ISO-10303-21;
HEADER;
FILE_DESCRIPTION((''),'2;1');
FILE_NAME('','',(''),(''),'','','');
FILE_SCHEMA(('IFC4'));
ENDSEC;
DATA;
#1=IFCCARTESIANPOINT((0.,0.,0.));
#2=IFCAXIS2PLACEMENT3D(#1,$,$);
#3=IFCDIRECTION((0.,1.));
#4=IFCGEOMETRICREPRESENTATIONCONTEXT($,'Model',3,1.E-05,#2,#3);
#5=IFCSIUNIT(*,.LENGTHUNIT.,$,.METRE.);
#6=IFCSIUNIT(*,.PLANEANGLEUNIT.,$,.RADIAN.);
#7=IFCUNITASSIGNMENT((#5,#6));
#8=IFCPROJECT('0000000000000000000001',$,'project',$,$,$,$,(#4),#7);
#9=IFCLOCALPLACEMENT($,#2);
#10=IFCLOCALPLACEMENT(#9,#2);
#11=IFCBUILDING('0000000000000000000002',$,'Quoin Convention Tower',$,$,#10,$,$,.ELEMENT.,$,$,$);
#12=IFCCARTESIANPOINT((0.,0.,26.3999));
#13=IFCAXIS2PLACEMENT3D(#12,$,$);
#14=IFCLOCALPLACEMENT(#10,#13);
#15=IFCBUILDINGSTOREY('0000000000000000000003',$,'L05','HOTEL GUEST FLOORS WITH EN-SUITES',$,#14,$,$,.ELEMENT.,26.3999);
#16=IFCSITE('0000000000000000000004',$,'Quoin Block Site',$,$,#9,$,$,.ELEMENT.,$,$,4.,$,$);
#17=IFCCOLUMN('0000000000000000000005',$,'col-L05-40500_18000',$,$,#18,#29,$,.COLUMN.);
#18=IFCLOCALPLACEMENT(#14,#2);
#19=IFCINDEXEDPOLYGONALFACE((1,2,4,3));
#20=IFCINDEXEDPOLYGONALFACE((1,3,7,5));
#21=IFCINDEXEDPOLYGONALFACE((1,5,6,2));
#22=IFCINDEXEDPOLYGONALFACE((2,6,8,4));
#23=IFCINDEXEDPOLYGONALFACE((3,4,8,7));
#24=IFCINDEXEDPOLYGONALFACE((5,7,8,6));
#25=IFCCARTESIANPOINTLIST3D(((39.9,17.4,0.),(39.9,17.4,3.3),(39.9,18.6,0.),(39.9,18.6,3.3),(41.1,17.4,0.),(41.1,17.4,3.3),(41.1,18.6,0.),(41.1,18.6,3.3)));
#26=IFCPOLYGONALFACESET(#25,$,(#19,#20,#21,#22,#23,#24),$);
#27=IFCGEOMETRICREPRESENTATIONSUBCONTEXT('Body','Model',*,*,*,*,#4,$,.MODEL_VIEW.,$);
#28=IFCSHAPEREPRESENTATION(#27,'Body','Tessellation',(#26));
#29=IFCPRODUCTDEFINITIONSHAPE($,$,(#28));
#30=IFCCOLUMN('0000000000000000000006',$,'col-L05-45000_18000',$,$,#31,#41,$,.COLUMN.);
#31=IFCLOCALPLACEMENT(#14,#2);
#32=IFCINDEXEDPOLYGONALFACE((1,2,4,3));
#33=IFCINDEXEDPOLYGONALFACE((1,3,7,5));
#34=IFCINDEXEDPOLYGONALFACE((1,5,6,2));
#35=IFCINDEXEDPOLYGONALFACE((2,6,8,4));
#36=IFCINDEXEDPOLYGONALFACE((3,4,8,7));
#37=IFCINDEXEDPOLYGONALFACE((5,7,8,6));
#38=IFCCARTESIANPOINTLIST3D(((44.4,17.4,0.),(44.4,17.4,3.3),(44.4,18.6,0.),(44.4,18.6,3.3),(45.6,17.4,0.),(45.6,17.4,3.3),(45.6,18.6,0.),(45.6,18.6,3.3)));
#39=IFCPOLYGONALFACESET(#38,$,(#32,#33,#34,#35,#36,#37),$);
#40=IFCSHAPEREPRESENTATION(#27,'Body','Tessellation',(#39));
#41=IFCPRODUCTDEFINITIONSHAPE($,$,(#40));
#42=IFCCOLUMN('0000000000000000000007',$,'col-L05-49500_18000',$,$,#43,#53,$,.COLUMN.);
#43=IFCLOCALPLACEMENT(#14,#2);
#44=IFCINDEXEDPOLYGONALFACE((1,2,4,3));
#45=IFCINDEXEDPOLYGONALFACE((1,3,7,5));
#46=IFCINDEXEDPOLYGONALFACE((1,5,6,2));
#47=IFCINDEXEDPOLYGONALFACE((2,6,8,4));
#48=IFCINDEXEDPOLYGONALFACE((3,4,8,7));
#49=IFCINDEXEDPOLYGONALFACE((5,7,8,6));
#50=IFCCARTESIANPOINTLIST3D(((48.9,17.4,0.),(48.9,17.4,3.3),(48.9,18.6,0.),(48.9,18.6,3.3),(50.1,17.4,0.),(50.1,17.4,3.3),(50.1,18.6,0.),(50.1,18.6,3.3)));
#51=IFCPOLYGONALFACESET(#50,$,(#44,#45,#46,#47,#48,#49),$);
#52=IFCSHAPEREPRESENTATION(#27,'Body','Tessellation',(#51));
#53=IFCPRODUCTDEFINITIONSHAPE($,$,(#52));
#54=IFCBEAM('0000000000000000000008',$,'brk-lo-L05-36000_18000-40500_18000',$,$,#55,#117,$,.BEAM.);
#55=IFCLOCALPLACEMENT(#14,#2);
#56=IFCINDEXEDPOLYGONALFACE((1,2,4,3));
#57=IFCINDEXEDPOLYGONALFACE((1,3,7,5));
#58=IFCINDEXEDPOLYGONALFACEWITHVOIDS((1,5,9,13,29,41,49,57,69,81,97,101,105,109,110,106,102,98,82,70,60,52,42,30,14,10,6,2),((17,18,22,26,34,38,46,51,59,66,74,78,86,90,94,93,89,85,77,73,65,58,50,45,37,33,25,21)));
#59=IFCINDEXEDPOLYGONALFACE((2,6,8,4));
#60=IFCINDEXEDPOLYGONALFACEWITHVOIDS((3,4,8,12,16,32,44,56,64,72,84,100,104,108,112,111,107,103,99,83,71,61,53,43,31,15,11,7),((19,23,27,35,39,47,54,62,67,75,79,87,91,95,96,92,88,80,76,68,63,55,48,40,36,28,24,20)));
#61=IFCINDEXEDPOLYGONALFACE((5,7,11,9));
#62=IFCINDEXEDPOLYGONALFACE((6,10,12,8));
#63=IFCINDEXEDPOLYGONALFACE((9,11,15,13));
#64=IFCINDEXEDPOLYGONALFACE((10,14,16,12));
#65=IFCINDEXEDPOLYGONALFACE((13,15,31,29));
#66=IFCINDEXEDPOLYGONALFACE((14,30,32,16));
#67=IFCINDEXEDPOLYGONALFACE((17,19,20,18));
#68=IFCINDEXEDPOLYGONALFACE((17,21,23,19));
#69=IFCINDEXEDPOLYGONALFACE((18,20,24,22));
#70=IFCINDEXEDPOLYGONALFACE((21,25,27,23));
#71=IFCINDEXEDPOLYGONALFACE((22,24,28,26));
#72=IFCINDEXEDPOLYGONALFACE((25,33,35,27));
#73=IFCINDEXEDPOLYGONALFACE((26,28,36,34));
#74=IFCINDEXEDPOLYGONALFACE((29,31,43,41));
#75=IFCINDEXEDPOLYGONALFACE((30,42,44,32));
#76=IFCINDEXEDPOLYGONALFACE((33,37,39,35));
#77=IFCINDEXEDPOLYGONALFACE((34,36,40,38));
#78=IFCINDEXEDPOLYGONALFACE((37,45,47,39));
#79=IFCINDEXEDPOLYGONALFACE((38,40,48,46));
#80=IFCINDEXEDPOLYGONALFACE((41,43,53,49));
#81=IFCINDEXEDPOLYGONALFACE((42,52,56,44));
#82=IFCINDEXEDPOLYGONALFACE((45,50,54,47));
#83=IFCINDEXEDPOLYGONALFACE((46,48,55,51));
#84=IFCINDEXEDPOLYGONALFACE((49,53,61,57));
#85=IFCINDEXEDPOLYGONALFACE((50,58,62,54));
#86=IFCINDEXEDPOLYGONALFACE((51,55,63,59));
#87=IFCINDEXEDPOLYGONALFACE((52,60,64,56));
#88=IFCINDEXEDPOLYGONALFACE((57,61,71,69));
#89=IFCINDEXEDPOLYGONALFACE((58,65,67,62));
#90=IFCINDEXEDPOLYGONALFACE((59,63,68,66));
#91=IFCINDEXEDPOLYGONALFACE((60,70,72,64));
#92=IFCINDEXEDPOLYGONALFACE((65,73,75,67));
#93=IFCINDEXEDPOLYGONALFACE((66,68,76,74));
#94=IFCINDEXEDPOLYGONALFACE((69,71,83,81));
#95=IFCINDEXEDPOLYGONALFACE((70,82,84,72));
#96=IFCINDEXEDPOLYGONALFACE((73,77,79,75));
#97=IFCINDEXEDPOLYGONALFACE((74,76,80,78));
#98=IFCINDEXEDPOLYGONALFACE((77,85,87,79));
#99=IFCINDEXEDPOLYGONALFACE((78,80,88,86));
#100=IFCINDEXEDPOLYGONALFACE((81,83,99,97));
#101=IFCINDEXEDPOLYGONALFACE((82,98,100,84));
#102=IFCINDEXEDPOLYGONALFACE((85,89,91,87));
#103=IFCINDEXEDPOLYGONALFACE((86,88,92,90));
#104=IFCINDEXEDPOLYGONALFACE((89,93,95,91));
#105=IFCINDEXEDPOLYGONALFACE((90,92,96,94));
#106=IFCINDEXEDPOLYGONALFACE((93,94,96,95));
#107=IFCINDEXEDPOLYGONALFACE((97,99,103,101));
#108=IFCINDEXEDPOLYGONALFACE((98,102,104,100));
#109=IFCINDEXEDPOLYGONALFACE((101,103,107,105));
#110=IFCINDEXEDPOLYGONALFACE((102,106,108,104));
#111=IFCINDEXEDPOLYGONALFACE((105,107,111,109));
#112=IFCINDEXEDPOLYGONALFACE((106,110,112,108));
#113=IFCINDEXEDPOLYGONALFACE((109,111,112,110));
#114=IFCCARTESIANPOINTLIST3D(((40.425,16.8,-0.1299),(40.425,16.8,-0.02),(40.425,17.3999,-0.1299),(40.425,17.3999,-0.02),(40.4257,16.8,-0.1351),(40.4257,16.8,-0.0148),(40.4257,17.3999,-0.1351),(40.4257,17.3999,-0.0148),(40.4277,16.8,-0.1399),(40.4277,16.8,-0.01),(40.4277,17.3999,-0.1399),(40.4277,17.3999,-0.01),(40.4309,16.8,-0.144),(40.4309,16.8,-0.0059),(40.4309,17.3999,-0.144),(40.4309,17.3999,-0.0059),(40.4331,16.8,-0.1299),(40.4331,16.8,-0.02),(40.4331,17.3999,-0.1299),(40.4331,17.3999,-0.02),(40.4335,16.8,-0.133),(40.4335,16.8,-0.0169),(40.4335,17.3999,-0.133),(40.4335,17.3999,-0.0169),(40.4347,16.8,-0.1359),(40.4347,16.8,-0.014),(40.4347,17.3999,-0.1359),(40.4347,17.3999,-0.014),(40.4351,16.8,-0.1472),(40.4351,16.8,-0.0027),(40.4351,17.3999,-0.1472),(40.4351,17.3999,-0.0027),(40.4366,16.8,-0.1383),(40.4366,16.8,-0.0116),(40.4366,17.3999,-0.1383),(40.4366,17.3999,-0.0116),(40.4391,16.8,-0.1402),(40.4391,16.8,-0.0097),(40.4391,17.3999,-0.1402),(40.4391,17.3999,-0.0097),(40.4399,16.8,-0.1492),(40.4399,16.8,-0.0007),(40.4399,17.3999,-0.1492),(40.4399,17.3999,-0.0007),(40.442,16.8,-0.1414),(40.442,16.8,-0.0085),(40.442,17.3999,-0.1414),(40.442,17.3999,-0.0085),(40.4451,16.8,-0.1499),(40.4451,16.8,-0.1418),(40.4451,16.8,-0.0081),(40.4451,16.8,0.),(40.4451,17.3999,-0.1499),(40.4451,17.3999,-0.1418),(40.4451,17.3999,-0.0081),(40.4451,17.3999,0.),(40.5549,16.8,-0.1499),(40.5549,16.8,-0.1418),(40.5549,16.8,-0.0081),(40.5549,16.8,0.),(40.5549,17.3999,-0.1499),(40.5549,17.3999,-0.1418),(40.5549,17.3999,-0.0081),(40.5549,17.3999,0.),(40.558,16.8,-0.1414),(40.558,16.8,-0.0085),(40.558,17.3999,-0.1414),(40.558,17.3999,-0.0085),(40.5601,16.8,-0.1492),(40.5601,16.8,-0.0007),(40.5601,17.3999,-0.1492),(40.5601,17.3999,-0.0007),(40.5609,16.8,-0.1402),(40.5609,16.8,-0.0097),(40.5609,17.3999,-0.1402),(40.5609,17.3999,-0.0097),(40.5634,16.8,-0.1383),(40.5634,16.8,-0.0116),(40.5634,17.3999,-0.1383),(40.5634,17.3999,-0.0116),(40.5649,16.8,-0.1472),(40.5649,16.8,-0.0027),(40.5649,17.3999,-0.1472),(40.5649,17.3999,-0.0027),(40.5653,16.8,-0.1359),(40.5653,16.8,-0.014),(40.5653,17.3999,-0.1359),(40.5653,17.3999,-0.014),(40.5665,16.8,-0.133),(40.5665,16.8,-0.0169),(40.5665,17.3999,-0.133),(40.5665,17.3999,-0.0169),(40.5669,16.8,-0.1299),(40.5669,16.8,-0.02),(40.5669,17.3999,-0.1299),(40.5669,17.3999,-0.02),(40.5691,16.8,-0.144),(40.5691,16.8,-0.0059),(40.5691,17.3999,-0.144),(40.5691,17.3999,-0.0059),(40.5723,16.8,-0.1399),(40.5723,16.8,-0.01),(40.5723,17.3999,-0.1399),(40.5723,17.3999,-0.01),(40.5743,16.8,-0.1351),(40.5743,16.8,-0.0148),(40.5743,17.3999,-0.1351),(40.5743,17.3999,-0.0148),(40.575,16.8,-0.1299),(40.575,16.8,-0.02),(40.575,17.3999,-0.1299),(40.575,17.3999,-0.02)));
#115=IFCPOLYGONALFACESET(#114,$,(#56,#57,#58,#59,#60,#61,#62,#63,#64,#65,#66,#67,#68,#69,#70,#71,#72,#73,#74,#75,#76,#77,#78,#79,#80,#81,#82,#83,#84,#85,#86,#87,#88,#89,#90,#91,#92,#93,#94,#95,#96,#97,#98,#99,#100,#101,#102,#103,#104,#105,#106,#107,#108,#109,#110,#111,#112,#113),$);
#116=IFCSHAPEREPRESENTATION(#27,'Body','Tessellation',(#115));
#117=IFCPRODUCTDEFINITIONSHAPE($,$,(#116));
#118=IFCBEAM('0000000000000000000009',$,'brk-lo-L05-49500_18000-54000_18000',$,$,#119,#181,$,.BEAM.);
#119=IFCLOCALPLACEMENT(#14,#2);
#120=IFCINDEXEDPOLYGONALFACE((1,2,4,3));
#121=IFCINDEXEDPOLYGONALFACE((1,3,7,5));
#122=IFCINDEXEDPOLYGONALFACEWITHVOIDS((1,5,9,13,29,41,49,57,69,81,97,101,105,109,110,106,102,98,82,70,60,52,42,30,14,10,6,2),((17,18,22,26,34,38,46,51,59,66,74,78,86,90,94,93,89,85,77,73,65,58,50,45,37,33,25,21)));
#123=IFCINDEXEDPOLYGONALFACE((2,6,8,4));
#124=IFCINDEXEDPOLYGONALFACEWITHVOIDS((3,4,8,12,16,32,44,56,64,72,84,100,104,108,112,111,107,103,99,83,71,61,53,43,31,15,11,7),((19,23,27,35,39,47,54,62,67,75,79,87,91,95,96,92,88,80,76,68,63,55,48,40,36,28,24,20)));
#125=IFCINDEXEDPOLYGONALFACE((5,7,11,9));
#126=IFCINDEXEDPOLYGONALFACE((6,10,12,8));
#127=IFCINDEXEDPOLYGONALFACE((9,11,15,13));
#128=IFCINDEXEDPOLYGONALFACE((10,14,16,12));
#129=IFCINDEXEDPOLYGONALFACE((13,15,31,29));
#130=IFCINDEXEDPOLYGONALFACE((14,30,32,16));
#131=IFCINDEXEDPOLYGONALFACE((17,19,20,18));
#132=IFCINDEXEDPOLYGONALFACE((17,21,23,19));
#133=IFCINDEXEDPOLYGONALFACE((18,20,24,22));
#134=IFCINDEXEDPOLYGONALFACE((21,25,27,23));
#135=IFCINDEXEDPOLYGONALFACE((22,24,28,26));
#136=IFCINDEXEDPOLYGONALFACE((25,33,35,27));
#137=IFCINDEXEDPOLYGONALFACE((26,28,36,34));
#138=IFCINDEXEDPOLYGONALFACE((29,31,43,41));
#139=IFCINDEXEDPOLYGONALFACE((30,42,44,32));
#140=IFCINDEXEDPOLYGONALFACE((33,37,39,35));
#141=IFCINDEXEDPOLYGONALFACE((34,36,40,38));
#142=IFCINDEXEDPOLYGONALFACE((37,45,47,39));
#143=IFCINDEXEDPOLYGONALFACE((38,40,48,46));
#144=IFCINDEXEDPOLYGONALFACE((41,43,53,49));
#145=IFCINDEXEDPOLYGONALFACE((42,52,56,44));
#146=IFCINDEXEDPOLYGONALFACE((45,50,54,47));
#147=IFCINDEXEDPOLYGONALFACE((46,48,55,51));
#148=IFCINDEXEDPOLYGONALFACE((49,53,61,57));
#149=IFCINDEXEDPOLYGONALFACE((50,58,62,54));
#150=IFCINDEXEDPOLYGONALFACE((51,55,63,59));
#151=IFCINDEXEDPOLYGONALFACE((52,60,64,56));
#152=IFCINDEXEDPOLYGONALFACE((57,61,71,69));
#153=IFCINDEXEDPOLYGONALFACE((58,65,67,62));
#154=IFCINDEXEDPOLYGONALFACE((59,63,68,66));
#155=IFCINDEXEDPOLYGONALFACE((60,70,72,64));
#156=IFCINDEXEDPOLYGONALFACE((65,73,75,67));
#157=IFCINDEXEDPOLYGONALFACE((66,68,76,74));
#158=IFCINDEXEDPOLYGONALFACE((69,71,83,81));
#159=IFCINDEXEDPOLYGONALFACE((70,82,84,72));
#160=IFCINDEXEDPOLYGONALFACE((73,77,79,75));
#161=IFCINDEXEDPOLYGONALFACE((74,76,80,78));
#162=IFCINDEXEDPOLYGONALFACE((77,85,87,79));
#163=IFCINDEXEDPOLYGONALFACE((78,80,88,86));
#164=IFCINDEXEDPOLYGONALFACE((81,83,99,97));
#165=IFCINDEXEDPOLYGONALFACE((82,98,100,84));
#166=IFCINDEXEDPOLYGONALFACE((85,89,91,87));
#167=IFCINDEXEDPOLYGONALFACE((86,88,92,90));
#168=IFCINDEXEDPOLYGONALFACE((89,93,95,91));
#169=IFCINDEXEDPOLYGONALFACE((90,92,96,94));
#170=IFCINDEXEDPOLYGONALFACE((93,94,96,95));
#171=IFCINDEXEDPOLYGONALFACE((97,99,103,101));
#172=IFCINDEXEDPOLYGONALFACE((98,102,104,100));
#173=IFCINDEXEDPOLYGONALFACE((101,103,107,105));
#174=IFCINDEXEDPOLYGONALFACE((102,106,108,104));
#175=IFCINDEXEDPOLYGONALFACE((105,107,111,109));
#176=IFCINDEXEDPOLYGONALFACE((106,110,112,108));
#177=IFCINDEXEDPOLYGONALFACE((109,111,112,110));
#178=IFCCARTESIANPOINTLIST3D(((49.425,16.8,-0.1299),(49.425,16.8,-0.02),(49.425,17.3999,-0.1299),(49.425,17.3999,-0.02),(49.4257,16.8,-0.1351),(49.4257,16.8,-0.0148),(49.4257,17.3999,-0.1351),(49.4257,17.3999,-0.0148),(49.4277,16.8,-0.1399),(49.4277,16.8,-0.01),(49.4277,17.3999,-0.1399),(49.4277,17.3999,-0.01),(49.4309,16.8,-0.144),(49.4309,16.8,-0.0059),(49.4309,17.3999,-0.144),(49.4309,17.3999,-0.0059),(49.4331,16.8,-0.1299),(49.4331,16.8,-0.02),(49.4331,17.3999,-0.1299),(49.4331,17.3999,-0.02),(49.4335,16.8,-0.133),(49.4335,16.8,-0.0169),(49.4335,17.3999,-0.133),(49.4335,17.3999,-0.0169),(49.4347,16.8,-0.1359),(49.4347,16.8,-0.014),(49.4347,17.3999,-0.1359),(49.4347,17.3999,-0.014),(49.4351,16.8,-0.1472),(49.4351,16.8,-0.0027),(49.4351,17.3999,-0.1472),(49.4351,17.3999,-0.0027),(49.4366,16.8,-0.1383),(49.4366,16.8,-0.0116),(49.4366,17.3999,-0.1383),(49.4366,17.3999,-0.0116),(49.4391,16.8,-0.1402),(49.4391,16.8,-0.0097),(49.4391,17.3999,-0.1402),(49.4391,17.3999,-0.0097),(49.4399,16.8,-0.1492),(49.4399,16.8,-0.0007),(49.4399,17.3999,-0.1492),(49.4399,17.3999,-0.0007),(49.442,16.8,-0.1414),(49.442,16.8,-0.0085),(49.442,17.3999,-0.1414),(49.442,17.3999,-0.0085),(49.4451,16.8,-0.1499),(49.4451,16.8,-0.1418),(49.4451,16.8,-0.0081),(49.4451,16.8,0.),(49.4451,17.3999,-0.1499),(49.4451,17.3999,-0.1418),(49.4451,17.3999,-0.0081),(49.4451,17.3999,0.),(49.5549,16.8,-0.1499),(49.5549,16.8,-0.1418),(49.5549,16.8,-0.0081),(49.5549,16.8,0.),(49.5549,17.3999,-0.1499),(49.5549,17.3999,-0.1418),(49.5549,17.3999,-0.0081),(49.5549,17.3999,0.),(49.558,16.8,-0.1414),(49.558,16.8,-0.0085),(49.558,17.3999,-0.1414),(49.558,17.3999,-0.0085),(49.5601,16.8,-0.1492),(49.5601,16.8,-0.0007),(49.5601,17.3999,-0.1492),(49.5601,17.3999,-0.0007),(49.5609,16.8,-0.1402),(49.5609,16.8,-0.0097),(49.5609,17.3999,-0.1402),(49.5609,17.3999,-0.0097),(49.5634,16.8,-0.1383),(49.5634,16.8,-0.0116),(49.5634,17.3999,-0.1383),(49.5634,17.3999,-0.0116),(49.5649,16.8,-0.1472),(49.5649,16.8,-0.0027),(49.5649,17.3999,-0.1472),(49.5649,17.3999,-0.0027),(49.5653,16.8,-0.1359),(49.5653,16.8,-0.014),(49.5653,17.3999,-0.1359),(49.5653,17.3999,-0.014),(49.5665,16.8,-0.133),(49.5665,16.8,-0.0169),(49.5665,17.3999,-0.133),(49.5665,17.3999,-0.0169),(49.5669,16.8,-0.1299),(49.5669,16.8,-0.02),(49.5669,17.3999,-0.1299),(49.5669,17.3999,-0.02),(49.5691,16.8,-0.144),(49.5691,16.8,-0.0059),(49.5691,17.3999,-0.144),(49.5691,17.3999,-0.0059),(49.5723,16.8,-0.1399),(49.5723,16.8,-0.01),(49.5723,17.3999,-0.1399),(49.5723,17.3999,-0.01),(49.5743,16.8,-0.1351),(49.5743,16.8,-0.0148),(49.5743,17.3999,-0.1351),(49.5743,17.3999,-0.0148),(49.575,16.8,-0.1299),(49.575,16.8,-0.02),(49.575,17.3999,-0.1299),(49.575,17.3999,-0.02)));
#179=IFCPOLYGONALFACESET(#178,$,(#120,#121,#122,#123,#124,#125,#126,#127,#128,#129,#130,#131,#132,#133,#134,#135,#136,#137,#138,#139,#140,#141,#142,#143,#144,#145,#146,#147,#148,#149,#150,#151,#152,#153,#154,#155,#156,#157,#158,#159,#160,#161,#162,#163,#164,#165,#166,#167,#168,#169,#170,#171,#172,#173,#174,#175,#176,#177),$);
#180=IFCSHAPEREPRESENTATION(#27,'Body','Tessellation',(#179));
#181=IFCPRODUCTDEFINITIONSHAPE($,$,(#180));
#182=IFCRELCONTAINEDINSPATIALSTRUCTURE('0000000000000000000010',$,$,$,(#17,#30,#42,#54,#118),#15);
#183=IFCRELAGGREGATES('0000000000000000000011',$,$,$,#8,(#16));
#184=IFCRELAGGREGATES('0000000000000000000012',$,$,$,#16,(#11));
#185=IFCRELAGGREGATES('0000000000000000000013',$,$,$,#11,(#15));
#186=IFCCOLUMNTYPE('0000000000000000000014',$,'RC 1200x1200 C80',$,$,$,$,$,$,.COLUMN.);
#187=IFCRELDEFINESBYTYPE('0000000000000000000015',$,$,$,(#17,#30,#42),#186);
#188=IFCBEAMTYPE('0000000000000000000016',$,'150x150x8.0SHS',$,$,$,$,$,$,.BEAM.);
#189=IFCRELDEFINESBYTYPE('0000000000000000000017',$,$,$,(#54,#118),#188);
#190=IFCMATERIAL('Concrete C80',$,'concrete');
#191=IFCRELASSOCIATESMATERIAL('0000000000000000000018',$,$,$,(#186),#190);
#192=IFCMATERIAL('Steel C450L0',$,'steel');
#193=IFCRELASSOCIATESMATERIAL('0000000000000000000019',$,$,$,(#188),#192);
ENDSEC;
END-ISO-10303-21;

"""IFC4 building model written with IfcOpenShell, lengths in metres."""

from ifc_helpers import new_model, si_unit, direction, frame, origin, origin_2d, place, context, subcontext, project, spatial, rectangle, hollow_rectangle, extrude, material, material_profile, profile_set, type_object, element, save


model = new_model("IFC4")

# Units and contexts
model_context = context("Model", 3, precision=1e-05, world=origin(), true_north=direction((0.0, 1.0)))
body_context = subcontext(model_context, "Body", "Model", "MODEL_VIEW")
ifc_project = project(units=[si_unit("LENGTHUNIT", "METRE"), si_unit("PLANEANGLEUNIT", "RADIAN")], contexts=[model_context])

# Site, building, storey
site_placement = place(None, origin())
site = spatial("IfcSite", under=ifc_project, at=site_placement, Name="Quoin Block Site", CompositionType="ELEMENT", RefElevation=4.0)
building_placement = place(site_placement, origin())
building = spatial("IfcBuilding", under=site, at=building_placement, Name="Quoin Convention Tower", CompositionType="ELEMENT")
storey_placement = place(building_placement, frame((0.0, 0.0, 26.3999)))
storey = spatial("IfcBuildingStorey", under=building, at=storey_placement, Name="L05", Description="HOTEL GUEST FLOORS WITH EN-SUITES", CompositionType="ELEMENT", Elevation=26.3999)

# Columns
ifc_material_1 = material(Name="Concrete C80", Category="concrete")
ifc_material_profile_1 = material_profile(ifc_material_1, rectangle(XDim=1.2, YDim=1.2, at=origin_2d()), Name="RC 1200x1200")
ifc_profile_set_1 = profile_set([ifc_material_profile_1], Name="Concrete C80")
column_type = type_object("IfcColumnType", Name="RC 1200x1200 C80", PredefinedType="COLUMN", material=ifc_profile_set_1)
for number, where, z_axis, x_axis, name in (
    (1, (40.5, 18.0, 0.0), (0.0, 0.0, 1.0), (1.0, 0.0, 0.0), "col-L05-40500_18000"),
    (2, (45.0, 18.0, 0.0), (0.0, 0.0, 1.0), (1.0, 0.0, 0.0), "col-L05-45000_18000"),
    (3, (49.5, 18.0, 0.0), (0.0, 0.0, 1.0), (1.0, 0.0, 0.0), "col-L05-49500_18000"),
):
    element("IfcColumn", number, at=place(storey_placement, frame(where, z_axis=z_axis, x_axis=x_axis)), inside=storey, type_object=column_type, Name=name, PredefinedType="COLUMN", context=body_context, shape_type="SweptSolid", body=[
        extrude(rectangle(XDim=1.2, YDim=1.2, at=origin_2d()), origin(), (0.0, 0.0, 1.0), 3.3),
    ])

# Beams
ifc_material_2 = material(Name="Steel C450L0", Category="steel")
ifc_material_profile_2 = material_profile(ifc_material_2, hollow_rectangle(XDim=0.1499, YDim=0.1499, WallThickness=0.0081, InnerFilletRadius=0.012, OuterFilletRadius=0.02, at=origin_2d()), Name="150x150x8.0SHS")
ifc_profile_set_2 = profile_set([ifc_material_profile_2], Name="Steel C450L0")
beam_type_1 = type_object("IfcBeamType", Name="150x150x8.0SHS", PredefinedType="BEAM", material=ifc_profile_set_2)
for number, where, z_axis, x_axis, name in (
    (4, (40.5, 17.3999, -0.075), (0.0, -1.0, 0.0), (1.0, 0.0, 0.0), "brk-lo-L05-36000_18000-40500_18000"),
    (5, (49.5, 17.3999, -0.075), (0.0, -1.0, 0.0), (1.0, 0.0, 0.0), "brk-lo-L05-49500_18000-54000_18000"),
):
    element("IfcBeam", number, at=place(storey_placement, frame(where, z_axis=z_axis, x_axis=x_axis)), inside=storey, type_object=beam_type_1, Name=name, PredefinedType="BEAM", context=body_context, shape_type="SweptSolid", body=[
        extrude(hollow_rectangle(XDim=0.1499, YDim=0.1499, WallThickness=0.0081, InnerFilletRadius=0.012, OuterFilletRadius=0.02, at=origin_2d()), origin(), (0.0, 0.0, 1.0), 0.5999),
    ])

save(model, "model.ifc")
